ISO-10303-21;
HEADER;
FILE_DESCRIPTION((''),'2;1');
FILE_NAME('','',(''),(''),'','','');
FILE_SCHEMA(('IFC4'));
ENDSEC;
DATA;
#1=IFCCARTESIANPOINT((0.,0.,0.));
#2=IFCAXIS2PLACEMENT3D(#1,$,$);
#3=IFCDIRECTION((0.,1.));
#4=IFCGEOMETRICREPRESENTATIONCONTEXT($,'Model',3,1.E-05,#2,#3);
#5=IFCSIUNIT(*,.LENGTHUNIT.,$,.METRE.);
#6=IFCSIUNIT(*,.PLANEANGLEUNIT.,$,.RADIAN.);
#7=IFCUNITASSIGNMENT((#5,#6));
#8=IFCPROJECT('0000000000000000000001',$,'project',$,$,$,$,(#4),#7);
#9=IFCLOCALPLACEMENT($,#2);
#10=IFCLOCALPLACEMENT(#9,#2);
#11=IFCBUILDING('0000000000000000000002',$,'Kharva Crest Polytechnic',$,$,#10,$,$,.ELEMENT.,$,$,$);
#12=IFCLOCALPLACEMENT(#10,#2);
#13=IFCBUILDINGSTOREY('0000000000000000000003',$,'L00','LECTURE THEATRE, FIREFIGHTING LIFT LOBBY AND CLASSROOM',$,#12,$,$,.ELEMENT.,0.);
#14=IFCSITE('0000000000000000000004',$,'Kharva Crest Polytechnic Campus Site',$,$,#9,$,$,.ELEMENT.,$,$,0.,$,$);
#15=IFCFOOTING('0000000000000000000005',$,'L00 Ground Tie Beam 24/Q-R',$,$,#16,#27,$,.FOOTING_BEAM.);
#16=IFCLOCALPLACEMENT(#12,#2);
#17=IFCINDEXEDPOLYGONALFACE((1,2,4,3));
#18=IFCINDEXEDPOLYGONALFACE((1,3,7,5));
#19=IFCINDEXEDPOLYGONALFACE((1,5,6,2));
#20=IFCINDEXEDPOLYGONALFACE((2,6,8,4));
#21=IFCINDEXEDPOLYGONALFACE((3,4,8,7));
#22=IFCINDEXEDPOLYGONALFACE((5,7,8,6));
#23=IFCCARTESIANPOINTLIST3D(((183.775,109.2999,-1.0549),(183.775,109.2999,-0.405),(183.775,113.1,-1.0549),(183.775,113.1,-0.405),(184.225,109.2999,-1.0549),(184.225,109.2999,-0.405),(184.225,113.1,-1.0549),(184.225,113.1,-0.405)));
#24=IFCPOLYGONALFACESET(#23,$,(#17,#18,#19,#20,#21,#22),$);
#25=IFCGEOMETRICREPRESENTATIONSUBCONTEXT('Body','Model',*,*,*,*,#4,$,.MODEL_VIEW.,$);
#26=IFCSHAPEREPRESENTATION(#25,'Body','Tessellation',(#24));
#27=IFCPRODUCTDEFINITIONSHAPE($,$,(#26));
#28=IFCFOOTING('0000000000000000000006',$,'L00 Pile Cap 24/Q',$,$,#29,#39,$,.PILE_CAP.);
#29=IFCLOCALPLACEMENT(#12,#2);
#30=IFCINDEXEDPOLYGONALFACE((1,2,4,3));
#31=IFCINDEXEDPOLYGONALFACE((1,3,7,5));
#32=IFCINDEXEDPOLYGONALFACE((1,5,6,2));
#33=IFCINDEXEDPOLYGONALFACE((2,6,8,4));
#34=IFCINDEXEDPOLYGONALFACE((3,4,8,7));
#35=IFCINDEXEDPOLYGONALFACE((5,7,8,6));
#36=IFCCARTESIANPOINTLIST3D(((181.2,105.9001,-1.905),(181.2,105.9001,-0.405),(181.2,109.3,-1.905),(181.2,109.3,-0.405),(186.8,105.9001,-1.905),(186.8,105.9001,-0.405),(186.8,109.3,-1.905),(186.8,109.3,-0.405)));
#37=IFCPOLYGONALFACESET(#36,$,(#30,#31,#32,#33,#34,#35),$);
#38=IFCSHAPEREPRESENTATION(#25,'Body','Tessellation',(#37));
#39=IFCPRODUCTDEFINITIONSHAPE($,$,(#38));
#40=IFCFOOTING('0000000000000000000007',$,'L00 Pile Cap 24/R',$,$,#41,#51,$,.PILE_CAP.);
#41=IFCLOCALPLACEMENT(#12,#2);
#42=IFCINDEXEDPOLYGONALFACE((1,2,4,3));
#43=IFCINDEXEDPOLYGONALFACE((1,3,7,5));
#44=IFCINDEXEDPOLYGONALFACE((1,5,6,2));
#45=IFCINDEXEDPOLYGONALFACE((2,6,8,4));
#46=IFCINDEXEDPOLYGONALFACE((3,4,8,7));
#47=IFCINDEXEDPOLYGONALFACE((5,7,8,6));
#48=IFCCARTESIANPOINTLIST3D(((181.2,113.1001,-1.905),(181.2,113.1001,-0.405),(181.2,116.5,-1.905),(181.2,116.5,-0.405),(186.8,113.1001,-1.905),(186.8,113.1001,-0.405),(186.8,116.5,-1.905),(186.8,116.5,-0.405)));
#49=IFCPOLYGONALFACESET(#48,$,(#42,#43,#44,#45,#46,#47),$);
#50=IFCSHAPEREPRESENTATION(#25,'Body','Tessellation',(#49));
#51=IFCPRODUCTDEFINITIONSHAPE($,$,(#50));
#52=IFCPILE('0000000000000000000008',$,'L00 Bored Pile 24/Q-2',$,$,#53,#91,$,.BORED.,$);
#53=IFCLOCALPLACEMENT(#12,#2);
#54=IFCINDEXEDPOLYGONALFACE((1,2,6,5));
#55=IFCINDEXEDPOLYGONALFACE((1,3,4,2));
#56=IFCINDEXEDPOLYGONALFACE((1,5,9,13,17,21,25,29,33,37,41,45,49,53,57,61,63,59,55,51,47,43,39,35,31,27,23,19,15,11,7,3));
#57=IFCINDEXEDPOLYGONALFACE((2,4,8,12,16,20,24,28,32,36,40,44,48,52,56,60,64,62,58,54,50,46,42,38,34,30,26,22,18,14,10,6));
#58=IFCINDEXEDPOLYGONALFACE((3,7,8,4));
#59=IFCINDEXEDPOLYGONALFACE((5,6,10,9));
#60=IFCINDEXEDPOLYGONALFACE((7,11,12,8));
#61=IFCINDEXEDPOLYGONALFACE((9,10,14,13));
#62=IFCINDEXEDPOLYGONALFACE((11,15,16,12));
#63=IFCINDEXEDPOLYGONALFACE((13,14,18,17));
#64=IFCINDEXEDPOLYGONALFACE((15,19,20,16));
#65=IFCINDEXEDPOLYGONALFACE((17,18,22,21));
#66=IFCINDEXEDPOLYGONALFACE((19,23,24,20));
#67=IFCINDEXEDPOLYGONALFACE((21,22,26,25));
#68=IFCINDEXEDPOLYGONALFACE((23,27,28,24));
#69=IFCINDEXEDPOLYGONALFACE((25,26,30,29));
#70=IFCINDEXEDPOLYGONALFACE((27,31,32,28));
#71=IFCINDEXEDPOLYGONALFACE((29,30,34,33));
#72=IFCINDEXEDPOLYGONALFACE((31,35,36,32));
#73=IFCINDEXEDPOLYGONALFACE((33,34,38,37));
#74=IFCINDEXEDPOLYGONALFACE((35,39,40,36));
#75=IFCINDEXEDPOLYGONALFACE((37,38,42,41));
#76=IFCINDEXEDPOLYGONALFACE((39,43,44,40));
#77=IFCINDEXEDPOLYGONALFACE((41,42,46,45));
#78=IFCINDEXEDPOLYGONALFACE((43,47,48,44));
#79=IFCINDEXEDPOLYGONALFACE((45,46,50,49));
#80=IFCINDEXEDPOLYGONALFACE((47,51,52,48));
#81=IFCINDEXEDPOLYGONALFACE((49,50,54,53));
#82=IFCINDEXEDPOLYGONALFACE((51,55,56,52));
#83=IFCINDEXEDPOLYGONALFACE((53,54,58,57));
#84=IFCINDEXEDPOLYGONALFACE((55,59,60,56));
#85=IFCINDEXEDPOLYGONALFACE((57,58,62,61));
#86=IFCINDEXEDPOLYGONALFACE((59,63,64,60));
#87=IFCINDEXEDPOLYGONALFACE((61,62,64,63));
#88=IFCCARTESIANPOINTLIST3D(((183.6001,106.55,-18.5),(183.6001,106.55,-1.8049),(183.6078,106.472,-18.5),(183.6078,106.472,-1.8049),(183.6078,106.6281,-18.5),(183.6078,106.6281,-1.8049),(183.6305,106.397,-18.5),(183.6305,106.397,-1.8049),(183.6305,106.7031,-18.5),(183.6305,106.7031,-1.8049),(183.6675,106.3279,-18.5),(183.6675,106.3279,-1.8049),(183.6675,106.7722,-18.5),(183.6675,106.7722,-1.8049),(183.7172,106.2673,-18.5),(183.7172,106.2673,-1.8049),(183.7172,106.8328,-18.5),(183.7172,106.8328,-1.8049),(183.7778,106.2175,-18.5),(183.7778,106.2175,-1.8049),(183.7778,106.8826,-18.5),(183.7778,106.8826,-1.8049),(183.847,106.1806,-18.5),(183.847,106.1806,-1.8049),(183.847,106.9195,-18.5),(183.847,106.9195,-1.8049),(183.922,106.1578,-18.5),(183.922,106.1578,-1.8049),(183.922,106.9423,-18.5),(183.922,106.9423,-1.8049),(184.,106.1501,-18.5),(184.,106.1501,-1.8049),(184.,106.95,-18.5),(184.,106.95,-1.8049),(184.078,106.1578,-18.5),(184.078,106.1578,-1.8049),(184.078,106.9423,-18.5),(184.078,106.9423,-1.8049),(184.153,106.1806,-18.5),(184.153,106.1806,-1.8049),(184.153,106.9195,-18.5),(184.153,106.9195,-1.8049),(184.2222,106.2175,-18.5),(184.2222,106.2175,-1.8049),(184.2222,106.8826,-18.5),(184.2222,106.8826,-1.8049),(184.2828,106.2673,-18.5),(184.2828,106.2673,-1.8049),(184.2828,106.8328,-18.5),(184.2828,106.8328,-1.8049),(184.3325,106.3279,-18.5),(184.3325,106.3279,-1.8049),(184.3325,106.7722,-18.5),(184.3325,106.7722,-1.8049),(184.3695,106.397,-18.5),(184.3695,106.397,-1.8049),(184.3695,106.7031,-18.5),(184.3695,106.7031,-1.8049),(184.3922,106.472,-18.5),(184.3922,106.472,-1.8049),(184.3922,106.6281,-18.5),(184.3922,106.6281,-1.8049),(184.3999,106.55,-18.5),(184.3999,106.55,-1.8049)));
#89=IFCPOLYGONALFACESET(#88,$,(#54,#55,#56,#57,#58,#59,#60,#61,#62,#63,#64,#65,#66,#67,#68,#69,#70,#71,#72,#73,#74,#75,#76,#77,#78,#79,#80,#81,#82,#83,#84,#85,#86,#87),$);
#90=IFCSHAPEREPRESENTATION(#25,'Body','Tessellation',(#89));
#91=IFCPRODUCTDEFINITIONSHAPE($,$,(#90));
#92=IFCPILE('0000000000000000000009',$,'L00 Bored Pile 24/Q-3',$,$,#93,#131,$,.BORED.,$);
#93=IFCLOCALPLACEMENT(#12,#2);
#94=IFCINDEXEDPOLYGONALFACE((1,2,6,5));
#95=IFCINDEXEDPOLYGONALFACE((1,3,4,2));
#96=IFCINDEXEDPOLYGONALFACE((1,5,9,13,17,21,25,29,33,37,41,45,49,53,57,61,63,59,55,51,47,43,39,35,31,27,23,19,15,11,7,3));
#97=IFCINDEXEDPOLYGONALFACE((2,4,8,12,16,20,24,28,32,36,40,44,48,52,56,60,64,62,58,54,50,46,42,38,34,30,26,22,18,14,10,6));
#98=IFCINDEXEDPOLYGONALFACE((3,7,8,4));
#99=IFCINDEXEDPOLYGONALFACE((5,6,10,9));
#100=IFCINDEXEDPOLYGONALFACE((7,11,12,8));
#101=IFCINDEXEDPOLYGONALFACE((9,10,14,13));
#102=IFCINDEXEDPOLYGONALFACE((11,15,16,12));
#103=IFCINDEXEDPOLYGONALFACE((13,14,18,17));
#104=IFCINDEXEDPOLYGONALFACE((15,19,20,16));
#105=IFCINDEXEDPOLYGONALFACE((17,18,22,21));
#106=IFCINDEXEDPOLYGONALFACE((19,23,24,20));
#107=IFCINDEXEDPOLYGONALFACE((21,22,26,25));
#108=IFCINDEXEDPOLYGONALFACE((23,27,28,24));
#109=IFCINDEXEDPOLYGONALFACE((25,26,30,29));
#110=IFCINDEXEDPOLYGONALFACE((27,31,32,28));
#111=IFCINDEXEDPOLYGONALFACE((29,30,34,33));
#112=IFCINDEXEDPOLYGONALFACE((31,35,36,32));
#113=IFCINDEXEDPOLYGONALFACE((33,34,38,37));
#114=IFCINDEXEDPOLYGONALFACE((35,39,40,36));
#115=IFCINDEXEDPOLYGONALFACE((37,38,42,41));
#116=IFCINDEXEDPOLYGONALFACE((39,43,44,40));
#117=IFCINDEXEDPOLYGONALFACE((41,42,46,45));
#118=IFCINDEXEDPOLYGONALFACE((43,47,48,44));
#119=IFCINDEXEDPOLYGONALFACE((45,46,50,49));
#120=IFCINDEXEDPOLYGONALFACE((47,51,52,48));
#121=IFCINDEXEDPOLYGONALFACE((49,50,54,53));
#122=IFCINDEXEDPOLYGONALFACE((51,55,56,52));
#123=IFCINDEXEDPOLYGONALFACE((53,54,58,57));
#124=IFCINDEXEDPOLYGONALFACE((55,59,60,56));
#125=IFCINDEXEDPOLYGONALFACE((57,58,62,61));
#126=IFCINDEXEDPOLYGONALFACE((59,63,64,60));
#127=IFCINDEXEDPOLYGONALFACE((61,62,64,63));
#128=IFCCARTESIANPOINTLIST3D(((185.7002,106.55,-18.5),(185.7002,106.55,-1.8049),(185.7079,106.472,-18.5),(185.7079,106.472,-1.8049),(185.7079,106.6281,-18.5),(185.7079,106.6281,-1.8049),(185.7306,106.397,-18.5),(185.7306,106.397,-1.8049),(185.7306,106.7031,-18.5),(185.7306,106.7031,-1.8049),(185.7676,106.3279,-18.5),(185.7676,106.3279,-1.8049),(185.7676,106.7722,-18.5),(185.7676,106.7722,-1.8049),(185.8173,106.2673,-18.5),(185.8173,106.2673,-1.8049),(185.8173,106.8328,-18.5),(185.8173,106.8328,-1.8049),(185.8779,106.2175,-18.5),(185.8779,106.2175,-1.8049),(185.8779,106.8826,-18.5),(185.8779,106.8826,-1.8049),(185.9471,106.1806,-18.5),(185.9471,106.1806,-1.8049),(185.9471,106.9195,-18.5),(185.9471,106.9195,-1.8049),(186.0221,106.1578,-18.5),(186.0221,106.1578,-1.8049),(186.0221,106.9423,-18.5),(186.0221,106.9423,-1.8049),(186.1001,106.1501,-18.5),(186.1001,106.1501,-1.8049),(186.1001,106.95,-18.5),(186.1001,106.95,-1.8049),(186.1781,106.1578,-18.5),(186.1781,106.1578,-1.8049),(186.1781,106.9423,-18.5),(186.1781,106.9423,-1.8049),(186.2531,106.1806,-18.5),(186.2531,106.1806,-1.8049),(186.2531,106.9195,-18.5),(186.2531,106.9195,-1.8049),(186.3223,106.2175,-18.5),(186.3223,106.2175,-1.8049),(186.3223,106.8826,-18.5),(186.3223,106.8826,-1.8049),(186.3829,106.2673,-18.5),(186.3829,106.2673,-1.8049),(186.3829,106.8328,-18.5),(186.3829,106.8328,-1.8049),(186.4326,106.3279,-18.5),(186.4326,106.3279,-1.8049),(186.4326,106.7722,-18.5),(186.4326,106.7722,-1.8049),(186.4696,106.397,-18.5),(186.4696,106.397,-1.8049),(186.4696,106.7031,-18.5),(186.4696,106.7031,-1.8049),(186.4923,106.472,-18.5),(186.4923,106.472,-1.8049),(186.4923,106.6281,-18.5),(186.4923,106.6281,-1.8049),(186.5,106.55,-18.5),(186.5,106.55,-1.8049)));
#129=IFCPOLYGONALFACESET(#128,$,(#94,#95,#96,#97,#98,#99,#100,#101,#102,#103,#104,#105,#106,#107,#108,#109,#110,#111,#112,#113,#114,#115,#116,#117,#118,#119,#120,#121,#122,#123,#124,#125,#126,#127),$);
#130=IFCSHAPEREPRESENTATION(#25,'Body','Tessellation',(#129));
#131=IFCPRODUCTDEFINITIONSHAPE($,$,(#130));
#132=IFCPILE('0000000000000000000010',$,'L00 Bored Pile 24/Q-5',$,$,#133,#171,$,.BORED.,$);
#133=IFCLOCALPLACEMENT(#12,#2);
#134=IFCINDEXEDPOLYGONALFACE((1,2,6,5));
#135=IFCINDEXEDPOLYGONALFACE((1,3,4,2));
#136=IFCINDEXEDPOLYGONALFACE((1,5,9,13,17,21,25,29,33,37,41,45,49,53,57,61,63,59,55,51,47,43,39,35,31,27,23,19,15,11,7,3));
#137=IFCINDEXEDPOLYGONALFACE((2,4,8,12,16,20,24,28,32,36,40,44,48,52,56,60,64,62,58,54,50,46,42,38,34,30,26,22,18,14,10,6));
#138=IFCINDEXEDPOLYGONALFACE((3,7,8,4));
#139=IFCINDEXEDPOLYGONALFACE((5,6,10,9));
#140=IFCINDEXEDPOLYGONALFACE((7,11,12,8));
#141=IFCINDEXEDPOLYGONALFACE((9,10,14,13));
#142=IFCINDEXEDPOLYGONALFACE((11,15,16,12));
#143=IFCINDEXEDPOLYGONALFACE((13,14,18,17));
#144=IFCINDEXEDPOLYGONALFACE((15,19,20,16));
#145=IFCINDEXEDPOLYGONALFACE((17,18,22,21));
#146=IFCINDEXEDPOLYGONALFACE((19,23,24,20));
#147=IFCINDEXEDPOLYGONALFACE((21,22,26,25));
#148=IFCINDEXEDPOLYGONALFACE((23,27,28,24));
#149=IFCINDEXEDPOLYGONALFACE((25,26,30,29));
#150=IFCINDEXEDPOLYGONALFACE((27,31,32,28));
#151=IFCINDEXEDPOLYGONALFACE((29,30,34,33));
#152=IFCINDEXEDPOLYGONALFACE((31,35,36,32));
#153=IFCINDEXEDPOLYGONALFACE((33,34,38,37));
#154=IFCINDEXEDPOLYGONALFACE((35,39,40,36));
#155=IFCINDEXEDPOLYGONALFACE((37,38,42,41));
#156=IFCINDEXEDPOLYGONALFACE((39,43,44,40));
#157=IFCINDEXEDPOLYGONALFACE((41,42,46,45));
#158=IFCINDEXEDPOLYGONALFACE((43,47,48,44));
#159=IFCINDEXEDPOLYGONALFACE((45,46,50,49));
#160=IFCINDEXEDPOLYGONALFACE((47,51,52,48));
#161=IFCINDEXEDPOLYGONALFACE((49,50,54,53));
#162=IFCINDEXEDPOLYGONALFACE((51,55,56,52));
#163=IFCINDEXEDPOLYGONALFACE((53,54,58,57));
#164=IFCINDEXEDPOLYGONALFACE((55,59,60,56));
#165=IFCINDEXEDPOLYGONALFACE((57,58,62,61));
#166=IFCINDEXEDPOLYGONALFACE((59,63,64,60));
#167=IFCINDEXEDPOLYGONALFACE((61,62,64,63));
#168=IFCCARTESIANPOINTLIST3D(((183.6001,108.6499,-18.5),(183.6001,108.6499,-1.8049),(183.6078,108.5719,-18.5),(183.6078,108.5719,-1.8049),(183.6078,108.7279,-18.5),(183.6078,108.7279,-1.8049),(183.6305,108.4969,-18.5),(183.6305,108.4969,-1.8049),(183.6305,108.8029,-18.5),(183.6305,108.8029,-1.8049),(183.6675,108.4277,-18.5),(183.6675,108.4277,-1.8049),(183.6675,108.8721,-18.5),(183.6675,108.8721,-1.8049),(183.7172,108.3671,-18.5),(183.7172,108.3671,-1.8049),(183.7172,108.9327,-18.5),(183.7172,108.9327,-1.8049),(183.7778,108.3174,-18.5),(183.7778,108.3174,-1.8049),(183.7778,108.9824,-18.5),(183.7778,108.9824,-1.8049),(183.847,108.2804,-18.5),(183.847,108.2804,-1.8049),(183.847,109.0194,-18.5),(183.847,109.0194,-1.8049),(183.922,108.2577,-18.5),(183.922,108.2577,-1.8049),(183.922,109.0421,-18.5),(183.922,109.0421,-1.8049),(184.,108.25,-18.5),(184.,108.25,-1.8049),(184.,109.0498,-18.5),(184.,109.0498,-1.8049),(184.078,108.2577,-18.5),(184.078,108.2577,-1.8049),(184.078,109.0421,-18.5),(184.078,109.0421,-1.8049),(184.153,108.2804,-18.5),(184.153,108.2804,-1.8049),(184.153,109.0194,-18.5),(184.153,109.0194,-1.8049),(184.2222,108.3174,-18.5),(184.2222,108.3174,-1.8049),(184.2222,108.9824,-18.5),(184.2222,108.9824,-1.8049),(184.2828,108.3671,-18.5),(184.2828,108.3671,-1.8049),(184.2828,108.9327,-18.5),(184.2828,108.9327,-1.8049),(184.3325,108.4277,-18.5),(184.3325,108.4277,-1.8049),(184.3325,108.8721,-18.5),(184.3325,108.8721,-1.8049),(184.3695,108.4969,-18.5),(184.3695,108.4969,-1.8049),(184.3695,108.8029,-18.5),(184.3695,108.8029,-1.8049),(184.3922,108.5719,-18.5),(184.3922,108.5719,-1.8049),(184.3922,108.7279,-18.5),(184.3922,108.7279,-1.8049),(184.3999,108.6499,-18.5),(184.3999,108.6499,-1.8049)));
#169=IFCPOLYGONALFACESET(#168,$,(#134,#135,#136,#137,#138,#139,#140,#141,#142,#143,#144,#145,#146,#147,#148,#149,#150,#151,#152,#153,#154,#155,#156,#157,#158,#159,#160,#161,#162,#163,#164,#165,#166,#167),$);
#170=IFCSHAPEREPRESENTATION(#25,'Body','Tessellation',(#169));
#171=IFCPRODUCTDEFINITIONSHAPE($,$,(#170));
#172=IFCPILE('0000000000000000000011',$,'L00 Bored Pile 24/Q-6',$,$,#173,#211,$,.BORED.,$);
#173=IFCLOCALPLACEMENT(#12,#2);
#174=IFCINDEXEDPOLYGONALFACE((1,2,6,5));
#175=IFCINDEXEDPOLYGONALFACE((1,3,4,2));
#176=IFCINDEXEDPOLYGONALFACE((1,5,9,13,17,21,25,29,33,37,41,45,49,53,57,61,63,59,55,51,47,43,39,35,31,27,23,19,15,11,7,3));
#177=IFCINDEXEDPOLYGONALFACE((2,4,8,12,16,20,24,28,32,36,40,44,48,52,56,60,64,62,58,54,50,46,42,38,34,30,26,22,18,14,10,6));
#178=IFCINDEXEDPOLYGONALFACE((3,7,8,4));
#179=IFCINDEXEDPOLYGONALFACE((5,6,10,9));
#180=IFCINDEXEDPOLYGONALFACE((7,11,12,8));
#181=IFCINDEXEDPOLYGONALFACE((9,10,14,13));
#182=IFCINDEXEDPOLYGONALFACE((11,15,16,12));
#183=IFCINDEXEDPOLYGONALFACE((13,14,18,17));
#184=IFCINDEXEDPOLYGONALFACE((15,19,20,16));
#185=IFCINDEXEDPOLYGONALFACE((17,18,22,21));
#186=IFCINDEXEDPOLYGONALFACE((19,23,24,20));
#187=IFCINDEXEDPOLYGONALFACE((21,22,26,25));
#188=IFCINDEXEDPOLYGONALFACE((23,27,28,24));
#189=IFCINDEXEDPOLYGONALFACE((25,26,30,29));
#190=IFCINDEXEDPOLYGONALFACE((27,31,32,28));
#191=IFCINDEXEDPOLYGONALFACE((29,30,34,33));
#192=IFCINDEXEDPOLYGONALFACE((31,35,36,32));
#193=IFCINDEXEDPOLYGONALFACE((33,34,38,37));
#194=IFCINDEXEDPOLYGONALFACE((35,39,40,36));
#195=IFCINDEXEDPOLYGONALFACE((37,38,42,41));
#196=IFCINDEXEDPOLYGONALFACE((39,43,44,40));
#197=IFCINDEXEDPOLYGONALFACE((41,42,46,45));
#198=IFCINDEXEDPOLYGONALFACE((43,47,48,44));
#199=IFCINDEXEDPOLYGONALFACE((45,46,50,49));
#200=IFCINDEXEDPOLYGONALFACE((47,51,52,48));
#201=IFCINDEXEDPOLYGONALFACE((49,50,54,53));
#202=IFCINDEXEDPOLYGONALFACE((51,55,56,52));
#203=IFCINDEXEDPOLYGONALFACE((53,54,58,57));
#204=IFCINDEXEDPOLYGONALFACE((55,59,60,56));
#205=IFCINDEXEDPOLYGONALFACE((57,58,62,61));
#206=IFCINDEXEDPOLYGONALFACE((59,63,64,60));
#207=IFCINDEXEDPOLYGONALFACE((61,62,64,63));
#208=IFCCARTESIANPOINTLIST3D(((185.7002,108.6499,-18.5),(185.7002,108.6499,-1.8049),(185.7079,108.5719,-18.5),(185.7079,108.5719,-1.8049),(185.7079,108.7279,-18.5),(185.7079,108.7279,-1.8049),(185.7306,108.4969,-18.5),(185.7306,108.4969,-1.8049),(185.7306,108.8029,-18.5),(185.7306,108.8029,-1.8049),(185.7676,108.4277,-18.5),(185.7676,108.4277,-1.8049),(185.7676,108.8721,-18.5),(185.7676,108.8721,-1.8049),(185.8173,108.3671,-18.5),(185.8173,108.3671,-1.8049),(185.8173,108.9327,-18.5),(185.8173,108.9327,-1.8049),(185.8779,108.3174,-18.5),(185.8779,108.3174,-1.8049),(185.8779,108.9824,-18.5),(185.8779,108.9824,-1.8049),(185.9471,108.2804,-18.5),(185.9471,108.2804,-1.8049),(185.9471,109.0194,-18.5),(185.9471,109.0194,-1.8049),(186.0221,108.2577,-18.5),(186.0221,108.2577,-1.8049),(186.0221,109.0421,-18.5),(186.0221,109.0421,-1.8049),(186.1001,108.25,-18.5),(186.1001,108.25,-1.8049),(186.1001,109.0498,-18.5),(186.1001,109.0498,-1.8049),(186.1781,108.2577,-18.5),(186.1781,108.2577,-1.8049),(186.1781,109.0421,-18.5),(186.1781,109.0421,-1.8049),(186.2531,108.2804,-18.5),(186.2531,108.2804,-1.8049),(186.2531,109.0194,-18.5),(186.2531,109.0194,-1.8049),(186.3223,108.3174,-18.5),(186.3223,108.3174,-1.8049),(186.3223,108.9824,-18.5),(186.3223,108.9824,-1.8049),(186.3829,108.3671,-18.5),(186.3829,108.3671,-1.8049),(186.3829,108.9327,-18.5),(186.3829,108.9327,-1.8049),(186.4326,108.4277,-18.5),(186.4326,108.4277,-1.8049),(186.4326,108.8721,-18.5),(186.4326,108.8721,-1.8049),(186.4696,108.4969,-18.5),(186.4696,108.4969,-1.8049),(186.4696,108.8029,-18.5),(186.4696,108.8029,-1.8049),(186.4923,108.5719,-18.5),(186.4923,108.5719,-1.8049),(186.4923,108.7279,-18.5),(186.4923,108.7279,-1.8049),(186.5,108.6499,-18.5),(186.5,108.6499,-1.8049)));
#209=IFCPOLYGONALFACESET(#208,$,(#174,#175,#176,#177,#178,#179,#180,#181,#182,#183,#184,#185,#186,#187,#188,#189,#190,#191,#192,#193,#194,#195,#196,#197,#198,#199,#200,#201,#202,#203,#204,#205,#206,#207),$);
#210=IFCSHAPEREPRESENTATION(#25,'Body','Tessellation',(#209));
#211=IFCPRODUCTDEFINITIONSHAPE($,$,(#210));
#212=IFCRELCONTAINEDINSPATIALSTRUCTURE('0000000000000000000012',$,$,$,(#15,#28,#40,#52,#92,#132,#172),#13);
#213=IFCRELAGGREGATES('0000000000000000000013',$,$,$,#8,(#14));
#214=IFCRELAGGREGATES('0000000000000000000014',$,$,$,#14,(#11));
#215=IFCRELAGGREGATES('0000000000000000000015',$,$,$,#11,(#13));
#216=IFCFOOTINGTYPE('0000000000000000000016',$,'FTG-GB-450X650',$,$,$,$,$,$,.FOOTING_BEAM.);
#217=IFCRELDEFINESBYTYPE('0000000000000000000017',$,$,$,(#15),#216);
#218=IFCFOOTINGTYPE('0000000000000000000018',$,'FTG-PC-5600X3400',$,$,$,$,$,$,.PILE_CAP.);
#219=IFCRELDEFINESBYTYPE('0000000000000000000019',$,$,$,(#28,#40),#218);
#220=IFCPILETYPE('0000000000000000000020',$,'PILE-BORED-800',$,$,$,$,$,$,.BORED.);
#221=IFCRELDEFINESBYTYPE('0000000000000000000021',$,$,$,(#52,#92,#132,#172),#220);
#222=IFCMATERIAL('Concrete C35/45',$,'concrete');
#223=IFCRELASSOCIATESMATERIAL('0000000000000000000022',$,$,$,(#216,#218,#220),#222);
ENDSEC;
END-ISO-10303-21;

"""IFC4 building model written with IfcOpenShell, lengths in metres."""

from ifc_helpers import new_model, si_unit, direction, frame, origin, origin_2d, place, context, subcontext, project, spatial, rectangle, circle, extrude, material, material_profile, profile_set, type_object, element, save


model = new_model("IFC4")

# Units and contexts
model_context = context("Model", 3, precision=1e-05, world=origin(), true_north=direction((0.0, 1.0)))
body_context = subcontext(model_context, "Body", "Model", "MODEL_VIEW")
ifc_project = project(units=[si_unit("LENGTHUNIT", "METRE"), si_unit("PLANEANGLEUNIT", "RADIAN")], contexts=[model_context])

# Site, building, storey
site_placement = place(None, origin())
site = spatial("IfcSite", under=ifc_project, at=site_placement, Name="Kharva Crest Polytechnic Campus Site", CompositionType="ELEMENT", RefElevation=0.0)
building_placement = place(site_placement, origin())
building = spatial("IfcBuilding", under=site, at=building_placement, Name="Kharva Crest Polytechnic", CompositionType="ELEMENT")
storey_placement = place(building_placement, origin())
storey = spatial("IfcBuildingStorey", under=building, at=storey_placement, Name="L00", Description="LECTURE THEATRE, FIREFIGHTING LIFT LOBBY AND CLASSROOM", CompositionType="ELEMENT", Elevation=0.0)

# Footings
ifc_material_1 = material(Name="Concrete C35/45", Category="concrete")
footing_type_1 = type_object("IfcFootingType", Name="FTG-GB-450X650", PredefinedType="FOOTING_BEAM", material=ifc_material_1)
footing_placement = place(storey_placement, frame((184.0, 111.2, -1.0549), z_axis=(0.0, 0.0, 1.0), x_axis=(0.0, 1.0, 0.0)))
element("IfcFooting", 1, at=footing_placement, inside=storey, type_object=footing_type_1, Name="L00 Ground Tie Beam 24/Q-R", PredefinedType="FOOTING_BEAM", context=body_context, shape_type="SweptSolid", body=[
    extrude(rectangle(XDim=3.8, YDim=0.45, at=origin_2d()), origin(), (0.0, 0.0, 1.0), 0.6499),
])
footing_type_2 = type_object("IfcFootingType", Name="FTG-PC-5600X3400", PredefinedType="PILE_CAP", material=ifc_material_1)
for number, where, z_axis, x_axis, name in (
    (2, (184.0, 107.6001, -1.905), (0.0, 0.0, 1.0), (1.0, 0.0, 0.0), "L00 Pile Cap 24/Q"),
    (3, (184.0, 114.8, -1.905), (0.0, 0.0, 1.0), (1.0, 0.0, 0.0), "L00 Pile Cap 24/R"),
):
    element("IfcFooting", number, at=place(storey_placement, frame(where, z_axis=z_axis, x_axis=x_axis)), inside=storey, type_object=footing_type_2, Name=name, PredefinedType="PILE_CAP", context=body_context, shape_type="SweptSolid", body=[
        extrude(rectangle(XDim=5.6001, YDim=3.3999, at=origin_2d()), origin(), (0.0, 0.0, 1.0), 1.5),
    ])

# Piles
ifc_material_profile_1 = material_profile(ifc_material_1, circle(Radius=0.3999, at=origin_2d()), Name="DIA 800")
ifc_profile_set_1 = profile_set([ifc_material_profile_1], Name="Concrete C35/45")
pile_type = type_object("IfcPileType", Name="PILE-BORED-800", PredefinedType="BORED", material=ifc_profile_set_1)
for number, where, z_axis, x_axis, name in (
    (4, (184.0, 106.55, -1.8049), (0.0, 0.0, -1.0), (1.0, 0.0, 0.0), "L00 Bored Pile 24/Q-2"),
    (5, (186.1001, 106.55, -1.8049), (0.0, 0.0, -1.0), (1.0, 0.0, 0.0), "L00 Bored Pile 24/Q-3"),
    (6, (184.0, 108.6499, -1.8049), (0.0, 0.0, -1.0), (1.0, 0.0, 0.0), "L00 Bored Pile 24/Q-5"),
    (7, (186.1001, 108.6499, -1.8049), (0.0, 0.0, -1.0), (1.0, 0.0, 0.0), "L00 Bored Pile 24/Q-6"),
):
    element("IfcPile", number, at=place(storey_placement, frame(where, z_axis=z_axis, x_axis=x_axis)), inside=storey, type_object=pile_type, Name=name, PredefinedType="BORED", context=body_context, shape_type="SweptSolid", body=[
        extrude(circle(Radius=0.3999, at=origin_2d()), origin(), (0.0, 0.0, 1.0), 16.6951),
    ])

save(model, "model.ifc")
